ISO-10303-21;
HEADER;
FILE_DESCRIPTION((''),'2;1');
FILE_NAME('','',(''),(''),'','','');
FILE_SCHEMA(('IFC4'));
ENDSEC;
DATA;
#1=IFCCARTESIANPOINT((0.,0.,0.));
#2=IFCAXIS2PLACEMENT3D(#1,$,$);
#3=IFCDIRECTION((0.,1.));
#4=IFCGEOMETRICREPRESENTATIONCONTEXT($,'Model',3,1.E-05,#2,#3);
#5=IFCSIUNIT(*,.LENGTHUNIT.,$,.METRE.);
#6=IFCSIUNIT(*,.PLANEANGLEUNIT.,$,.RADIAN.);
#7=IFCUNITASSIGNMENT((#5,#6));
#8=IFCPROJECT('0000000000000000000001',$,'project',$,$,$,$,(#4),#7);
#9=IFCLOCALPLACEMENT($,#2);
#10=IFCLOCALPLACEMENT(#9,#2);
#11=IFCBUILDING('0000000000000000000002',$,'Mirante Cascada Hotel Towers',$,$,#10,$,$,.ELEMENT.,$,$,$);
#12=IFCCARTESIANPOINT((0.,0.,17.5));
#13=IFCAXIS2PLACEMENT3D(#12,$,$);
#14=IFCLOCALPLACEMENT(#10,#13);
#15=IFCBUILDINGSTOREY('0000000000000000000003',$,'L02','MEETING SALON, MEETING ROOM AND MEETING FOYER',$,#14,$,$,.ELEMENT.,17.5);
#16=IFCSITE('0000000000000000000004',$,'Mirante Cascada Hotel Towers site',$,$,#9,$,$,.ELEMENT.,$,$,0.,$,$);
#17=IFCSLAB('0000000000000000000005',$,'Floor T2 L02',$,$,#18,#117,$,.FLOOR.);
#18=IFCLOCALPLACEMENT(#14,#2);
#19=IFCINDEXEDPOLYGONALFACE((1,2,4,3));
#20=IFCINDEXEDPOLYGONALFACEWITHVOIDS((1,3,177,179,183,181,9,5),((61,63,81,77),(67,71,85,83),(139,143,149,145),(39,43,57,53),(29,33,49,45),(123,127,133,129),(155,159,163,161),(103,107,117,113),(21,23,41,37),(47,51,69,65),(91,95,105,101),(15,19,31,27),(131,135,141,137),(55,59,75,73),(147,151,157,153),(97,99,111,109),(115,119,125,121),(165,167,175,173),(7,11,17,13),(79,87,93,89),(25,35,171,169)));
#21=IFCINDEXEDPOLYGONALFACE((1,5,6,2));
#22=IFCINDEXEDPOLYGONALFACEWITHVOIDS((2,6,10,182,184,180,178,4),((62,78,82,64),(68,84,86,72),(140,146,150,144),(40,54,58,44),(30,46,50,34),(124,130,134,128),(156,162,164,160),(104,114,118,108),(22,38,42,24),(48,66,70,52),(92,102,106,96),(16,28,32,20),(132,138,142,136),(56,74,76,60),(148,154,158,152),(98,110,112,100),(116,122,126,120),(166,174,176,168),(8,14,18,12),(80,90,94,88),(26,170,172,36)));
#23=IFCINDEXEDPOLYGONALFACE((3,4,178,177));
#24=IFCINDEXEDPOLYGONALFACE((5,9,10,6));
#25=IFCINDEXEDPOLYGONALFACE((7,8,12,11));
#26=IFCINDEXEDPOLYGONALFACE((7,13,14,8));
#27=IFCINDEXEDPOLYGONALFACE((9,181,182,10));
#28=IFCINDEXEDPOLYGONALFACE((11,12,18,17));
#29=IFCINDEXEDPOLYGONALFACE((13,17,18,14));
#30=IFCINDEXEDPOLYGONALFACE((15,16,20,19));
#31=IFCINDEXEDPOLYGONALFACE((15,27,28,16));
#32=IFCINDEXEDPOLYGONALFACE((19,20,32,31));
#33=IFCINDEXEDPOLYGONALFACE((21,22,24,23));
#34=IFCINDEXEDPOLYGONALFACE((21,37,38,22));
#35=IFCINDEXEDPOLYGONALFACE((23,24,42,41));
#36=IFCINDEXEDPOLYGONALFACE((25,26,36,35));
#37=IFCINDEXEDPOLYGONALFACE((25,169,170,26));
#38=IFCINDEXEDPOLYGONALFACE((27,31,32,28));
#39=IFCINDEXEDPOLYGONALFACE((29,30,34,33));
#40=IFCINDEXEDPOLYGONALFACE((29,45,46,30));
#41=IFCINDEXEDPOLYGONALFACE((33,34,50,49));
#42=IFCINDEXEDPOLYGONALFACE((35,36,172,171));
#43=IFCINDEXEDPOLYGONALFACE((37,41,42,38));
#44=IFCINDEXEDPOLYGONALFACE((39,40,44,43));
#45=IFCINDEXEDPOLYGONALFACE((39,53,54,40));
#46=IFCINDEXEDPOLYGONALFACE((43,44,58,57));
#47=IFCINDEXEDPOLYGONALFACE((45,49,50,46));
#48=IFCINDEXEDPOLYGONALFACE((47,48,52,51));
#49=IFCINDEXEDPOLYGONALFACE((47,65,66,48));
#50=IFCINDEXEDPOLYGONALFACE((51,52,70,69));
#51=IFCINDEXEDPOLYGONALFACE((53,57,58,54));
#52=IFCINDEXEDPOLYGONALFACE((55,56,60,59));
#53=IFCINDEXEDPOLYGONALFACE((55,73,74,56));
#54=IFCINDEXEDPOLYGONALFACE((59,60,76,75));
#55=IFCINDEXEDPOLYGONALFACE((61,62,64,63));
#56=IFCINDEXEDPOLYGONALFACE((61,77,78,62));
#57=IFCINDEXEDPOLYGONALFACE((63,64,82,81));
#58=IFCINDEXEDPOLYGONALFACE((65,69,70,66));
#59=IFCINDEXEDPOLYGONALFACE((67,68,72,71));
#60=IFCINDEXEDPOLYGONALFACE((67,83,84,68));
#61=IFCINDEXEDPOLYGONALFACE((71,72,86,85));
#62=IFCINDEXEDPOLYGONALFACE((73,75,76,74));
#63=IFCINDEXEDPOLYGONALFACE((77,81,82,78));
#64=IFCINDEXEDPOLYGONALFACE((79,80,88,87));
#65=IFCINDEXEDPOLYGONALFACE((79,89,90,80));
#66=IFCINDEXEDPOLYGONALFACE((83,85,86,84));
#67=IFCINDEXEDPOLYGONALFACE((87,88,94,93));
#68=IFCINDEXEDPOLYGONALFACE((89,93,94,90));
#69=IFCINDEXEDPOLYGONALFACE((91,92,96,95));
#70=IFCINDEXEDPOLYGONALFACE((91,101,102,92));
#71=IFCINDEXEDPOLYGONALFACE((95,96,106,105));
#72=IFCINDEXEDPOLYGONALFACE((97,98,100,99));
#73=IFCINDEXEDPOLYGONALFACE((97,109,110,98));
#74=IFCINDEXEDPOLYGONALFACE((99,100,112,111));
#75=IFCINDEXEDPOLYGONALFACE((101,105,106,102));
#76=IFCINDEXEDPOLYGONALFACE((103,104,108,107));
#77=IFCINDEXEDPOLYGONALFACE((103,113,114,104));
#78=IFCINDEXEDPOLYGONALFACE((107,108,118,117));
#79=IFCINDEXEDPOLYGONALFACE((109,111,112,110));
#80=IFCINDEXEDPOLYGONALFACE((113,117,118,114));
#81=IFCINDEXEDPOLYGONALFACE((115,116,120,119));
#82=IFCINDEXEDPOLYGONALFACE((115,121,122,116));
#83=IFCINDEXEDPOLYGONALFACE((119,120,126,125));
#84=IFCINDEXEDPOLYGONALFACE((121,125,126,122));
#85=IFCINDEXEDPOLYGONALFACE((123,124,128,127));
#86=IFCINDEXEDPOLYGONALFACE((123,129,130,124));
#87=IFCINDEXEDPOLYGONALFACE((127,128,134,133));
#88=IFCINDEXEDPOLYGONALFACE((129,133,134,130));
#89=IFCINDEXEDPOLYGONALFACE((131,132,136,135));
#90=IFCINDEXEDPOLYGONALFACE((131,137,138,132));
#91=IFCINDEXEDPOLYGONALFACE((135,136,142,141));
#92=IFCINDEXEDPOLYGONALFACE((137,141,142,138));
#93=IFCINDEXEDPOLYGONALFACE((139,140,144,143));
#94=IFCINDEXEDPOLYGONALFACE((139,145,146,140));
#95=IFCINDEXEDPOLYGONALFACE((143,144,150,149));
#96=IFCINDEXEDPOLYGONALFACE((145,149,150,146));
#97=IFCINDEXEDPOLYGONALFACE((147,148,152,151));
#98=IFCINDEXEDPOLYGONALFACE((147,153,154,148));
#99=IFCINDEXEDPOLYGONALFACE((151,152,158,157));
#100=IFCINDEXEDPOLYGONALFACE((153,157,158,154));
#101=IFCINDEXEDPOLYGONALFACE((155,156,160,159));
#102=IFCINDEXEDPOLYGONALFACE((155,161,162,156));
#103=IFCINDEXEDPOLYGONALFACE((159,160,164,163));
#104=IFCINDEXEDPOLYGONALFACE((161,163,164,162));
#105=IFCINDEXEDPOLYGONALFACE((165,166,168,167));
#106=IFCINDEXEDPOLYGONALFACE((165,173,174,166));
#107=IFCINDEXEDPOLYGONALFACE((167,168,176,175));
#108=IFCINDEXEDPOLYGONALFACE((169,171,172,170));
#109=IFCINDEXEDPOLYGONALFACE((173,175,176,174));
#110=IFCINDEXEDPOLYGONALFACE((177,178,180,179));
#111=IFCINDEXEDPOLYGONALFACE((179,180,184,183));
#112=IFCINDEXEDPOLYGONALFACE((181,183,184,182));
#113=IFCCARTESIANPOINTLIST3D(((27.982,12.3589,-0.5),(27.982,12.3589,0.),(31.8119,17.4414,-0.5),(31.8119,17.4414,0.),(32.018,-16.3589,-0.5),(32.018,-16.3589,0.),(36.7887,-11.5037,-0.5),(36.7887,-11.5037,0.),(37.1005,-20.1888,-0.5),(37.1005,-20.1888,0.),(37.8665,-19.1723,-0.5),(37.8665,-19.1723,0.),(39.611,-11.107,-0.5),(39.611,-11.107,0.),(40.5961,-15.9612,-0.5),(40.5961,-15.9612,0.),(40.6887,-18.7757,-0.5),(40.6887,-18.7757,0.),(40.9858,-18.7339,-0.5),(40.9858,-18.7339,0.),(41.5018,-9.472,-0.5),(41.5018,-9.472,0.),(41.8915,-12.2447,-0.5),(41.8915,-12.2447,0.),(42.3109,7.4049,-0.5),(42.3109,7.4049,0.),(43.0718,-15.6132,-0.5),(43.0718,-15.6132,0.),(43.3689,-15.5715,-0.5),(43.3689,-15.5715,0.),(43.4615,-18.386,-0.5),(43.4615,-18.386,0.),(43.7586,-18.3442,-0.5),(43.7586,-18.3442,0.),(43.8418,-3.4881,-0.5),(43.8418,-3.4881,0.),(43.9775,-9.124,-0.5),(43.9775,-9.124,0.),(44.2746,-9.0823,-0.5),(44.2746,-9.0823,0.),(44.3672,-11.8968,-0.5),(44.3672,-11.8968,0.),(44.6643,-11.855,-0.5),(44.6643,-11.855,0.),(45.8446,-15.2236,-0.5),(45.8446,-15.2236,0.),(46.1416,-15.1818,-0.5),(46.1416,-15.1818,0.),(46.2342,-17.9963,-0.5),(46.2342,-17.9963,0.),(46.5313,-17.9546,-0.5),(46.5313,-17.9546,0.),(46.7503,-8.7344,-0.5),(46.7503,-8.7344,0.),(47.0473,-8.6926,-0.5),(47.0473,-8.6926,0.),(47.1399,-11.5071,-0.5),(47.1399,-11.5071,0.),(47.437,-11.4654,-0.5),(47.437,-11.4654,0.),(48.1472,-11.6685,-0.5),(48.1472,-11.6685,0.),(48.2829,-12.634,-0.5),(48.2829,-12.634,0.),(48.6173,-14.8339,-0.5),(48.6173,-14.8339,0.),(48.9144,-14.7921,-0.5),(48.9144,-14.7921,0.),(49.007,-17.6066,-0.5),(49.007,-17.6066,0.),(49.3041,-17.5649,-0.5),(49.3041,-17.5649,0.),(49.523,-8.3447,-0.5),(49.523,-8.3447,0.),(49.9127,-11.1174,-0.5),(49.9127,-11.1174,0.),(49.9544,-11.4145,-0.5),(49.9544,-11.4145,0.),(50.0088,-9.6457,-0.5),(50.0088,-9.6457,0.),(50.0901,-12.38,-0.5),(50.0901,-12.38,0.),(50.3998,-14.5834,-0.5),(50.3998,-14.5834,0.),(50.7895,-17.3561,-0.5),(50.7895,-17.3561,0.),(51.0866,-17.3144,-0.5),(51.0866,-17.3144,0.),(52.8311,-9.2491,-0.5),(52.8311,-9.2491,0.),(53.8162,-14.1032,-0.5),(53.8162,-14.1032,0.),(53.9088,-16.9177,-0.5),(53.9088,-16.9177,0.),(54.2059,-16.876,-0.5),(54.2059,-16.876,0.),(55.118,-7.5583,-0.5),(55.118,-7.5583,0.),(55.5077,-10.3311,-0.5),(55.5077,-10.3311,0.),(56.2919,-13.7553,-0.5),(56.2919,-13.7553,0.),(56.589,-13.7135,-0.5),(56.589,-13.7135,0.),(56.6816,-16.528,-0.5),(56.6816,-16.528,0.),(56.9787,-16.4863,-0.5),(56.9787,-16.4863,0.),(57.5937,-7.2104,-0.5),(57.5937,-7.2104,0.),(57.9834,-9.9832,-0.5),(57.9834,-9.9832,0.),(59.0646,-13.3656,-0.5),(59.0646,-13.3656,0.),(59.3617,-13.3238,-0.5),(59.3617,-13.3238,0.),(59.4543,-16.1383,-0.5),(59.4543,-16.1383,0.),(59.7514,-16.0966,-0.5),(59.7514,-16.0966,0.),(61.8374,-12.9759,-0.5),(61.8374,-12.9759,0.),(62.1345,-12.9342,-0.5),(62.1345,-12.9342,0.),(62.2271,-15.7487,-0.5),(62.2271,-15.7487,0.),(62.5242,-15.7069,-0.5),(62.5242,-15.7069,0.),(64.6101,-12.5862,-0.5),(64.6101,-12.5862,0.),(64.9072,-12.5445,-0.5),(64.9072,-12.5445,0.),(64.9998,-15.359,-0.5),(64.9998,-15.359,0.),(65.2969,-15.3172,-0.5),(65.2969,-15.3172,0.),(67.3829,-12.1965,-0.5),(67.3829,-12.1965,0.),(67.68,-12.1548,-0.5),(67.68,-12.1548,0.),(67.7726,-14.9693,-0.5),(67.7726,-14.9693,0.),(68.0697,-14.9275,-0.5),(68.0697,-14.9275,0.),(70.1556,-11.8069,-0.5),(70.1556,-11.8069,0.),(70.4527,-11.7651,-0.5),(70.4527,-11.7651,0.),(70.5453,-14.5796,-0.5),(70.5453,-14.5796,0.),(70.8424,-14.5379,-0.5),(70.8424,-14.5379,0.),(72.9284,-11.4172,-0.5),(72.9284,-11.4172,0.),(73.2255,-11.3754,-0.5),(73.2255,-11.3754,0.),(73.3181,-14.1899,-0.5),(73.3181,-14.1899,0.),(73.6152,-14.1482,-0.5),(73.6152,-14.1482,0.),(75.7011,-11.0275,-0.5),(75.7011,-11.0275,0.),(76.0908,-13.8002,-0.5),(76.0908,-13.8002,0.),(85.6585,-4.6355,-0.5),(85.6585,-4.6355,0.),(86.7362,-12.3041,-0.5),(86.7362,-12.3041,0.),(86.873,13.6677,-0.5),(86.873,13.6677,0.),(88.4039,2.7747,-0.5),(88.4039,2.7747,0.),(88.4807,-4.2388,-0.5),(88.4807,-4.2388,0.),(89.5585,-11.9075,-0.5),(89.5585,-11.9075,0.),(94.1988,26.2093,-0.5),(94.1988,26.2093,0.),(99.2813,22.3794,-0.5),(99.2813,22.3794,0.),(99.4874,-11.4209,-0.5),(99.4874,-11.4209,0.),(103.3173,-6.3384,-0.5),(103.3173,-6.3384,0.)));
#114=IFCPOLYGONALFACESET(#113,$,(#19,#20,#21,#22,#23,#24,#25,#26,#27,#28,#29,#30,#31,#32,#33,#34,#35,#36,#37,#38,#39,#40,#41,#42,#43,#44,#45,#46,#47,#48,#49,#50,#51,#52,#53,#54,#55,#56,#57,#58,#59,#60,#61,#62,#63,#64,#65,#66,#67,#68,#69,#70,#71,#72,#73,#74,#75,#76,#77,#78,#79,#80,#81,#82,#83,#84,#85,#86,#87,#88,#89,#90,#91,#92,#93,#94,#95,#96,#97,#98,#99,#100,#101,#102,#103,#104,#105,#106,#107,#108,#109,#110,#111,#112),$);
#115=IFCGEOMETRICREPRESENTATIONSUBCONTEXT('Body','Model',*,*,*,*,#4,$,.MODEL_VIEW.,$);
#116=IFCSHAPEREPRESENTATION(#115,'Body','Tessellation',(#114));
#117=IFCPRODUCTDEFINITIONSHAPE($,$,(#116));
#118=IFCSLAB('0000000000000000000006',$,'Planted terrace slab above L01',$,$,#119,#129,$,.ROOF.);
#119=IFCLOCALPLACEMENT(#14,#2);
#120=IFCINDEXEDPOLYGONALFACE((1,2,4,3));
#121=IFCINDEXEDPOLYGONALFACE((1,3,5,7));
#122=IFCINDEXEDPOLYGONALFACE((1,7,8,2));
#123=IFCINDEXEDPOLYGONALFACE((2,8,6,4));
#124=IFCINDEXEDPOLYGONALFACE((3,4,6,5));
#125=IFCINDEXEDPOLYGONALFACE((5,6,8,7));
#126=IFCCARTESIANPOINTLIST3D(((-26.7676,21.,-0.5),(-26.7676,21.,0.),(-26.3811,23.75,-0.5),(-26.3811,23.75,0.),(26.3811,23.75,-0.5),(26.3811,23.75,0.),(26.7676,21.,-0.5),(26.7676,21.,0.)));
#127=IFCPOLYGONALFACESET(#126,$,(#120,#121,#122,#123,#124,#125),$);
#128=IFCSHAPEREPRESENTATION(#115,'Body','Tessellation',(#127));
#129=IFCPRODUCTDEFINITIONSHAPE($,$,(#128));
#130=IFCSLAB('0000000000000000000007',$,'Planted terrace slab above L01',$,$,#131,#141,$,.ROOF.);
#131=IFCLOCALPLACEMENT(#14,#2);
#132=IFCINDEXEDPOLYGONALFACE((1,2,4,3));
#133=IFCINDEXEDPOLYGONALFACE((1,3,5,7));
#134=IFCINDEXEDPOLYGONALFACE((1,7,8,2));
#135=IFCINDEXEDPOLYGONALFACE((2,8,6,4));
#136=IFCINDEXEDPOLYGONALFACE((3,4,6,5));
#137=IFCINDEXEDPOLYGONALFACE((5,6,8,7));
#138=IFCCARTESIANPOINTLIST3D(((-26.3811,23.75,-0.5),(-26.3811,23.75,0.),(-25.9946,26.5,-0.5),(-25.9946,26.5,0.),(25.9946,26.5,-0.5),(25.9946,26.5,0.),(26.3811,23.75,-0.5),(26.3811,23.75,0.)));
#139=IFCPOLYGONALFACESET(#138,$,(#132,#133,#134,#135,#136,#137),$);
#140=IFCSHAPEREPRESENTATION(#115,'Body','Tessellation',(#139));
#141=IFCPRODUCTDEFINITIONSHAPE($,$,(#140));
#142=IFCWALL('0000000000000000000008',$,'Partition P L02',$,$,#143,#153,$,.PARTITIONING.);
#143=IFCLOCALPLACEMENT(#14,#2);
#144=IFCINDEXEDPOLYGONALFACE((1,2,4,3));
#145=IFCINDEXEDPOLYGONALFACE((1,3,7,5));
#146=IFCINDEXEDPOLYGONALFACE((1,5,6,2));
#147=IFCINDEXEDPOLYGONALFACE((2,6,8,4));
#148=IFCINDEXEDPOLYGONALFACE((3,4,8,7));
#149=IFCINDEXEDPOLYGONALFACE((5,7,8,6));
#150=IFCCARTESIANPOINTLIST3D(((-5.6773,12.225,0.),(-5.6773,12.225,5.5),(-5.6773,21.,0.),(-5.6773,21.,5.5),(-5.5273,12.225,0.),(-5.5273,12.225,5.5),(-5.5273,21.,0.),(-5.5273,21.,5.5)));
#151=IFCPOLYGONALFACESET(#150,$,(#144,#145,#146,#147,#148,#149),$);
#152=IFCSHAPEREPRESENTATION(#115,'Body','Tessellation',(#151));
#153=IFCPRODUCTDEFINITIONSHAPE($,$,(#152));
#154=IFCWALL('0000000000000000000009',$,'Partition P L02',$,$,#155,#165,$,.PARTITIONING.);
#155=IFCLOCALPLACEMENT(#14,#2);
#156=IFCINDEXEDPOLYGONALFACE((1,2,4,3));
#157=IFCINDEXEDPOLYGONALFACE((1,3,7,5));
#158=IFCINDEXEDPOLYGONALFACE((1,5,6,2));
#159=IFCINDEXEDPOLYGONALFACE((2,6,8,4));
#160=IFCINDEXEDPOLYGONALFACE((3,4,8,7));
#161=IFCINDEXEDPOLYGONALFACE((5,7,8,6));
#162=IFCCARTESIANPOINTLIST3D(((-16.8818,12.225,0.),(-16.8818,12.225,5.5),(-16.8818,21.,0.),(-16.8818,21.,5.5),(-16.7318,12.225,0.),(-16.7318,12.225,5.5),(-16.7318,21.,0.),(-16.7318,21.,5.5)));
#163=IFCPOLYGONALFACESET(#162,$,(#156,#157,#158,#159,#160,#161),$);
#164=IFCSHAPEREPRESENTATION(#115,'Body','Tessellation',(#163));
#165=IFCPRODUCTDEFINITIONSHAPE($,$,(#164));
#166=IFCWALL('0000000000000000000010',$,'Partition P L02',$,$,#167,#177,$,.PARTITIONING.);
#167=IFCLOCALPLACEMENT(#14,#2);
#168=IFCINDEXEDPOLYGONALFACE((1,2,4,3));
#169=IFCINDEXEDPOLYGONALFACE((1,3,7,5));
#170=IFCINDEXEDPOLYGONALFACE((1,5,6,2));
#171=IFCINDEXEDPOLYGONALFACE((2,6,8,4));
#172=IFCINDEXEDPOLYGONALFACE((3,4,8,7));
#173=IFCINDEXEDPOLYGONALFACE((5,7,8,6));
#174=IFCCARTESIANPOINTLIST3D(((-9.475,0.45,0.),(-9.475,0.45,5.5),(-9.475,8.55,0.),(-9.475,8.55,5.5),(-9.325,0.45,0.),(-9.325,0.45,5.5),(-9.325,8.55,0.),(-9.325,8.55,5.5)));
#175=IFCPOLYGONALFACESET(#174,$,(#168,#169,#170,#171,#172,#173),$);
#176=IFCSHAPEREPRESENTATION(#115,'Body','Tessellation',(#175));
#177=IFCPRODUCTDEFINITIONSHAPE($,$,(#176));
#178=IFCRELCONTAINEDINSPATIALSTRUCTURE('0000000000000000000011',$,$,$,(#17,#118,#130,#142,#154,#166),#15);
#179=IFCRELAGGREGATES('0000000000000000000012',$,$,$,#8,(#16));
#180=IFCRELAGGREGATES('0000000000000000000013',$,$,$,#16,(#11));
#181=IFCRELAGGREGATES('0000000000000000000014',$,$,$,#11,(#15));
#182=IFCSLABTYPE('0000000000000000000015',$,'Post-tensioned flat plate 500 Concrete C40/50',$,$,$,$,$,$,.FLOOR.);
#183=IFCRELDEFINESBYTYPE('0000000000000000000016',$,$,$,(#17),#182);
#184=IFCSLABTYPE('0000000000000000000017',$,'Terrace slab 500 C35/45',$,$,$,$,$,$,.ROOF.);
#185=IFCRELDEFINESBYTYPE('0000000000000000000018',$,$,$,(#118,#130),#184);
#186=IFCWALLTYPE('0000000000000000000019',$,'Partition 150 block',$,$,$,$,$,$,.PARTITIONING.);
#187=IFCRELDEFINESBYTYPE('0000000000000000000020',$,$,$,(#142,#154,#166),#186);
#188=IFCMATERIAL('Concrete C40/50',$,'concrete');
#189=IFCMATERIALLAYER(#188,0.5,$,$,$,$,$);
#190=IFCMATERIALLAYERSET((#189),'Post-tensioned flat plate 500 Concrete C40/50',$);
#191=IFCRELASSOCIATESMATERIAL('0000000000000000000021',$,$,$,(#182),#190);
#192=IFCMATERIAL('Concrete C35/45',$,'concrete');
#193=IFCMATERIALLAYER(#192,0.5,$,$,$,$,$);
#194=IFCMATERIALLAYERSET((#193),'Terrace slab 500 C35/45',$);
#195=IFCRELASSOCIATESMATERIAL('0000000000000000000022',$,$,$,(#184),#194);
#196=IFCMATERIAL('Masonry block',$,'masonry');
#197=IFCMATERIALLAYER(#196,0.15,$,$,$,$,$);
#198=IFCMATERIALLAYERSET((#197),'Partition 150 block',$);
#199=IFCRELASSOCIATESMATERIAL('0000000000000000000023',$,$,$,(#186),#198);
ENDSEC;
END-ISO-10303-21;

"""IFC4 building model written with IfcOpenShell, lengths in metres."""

from ifc_helpers import new_model, si_unit, direction, frame, frame_2d, origin, place, context, subcontext, project, spatial, polyline, rectangle, outline, extrude, material, layer, layer_set, type_object, element, save


model = new_model("IFC4")

# Units and contexts
model_context = context("Model", 3, precision=1e-05, world=origin(), true_north=direction((0.0, 1.0)))
body_context = subcontext(model_context, "Body", "Model", "MODEL_VIEW")
ifc_project = project(units=[si_unit("LENGTHUNIT", "METRE"), si_unit("PLANEANGLEUNIT", "RADIAN")], contexts=[model_context])

# Site, building, storey
site_placement = place(None, origin())
site = spatial("IfcSite", under=ifc_project, at=site_placement, Name="Mirante Cascada Hotel Towers site", CompositionType="ELEMENT", RefElevation=0.0)
building_placement = place(site_placement, origin())
building = spatial("IfcBuilding", under=site, at=building_placement, Name="Mirante Cascada Hotel Towers", CompositionType="ELEMENT")
storey_placement = place(building_placement, frame((0.0, 0.0, 17.5)))
storey = spatial("IfcBuildingStorey", under=building, at=storey_placement, Name="L02", Description="MEETING SALON, MEETING ROOM AND MEETING FOYER", CompositionType="ELEMENT", Elevation=17.5)

# Slabs
ifc_material_1 = material(Name="Concrete C40/50", Category="concrete")
ifc_layer_1 = layer(ifc_material_1, 0.5)
ifc_layer_set_1 = layer_set([ifc_layer_1], Name="Post-tensioned flat plate 500 Concrete C40/50")
slab_type_1 = type_object("IfcSlabType", Name="Post-tensioned flat plate 500 Concrete C40/50", PredefinedType="FLOOR", material=ifc_layer_set_1)
slab_1_placement = place(storey_placement, frame((0.0, 0.0, -0.5)))
element("IfcSlab", 1, at=slab_1_placement, inside=storey, type_object=slab_type_1, Name="Floor T2 L02", PredefinedType="FLOOR", context=body_context, shape_type="SweptSolid", body=[
    extrude(outline(polyline([(32.018, -16.3589), (27.982, 12.3589), (31.8119, 17.4414), (94.1988, 26.2093), (99.2813, 22.3794), (103.3173, -6.3384), (99.4874, -11.4209), (37.1005, -20.1888), (32.018, -16.3589)]), holes=[polyline([(43.0718, -15.6132), (40.5961, -15.9612), (40.9858, -18.7339), (43.4615, -18.386), (43.0718, -15.6132)]), polyline([(45.8446, -15.2236), (43.3689, -15.5715), (43.7586, -18.3442), (46.2342, -17.9963), (45.8446, -15.2236)]), polyline([(48.6173, -14.8339), (46.1416, -15.1818), (46.5313, -17.9546), (49.007, -17.6066), (48.6173, -14.8339)]), polyline([(50.7895, -17.3561), (50.3998, -14.5834), (48.9144, -14.7921), (49.3041, -17.5649), (50.7895, -17.3561)]), polyline([(56.6816, -16.528), (56.2919, -13.7553), (53.8162, -14.1032), (54.2059, -16.876), (56.6816, -16.528)]), polyline([(37.8665, -19.1723), (40.6887, -18.7757), (39.611, -11.107), (36.7887, -11.5037), (37.8665, -19.1723)]), polyline([(51.0866, -17.3144), (53.9088, -16.9177), (52.8311, -9.2491), (50.0088, -9.6457), (51.0866, -17.3144)]), polyline([(49.9544, -11.4145), (48.1472, -11.6685), (48.2829, -12.634), (50.0901, -12.38), (49.9544, -11.4145)]), polyline([(44.3672, -11.8968), (43.9775, -9.124), (41.5018, -9.472), (41.8915, -12.2447), (44.3672, -11.8968)]), polyline([(47.1399, -11.5071), (46.7503, -8.7344), (44.2746, -9.0823), (44.6643, -11.855), (47.1399, -11.5071)]), polyline([(49.523, -8.3447), (47.0473, -8.6926), (47.437, -11.4654), (49.9127, -11.1174), (49.523, -8.3447)]), polyline([(59.0646, -13.3656), (56.589, -13.7135), (56.9787, -16.4863), (59.4543, -16.1383), (59.0646, -13.3656)]), polyline([(61.8374, -12.9759), (59.3617, -13.3238), (59.7514, -16.0966), (62.2271, -15.7487), (61.8374, -12.9759)]), polyline([(64.9998, -15.359), (64.6101, -12.5862), (62.1345, -12.9342), (62.5242, -15.7069), (64.9998, -15.359)]), polyline([(67.7726, -14.9693), (67.3829, -12.1965), (64.9072, -12.5445), (65.2969, -15.3172), (67.7726, -14.9693)]), polyline([(70.1556, -11.8069), (67.68, -12.1548), (68.0697, -14.9275), (70.5453, -14.5796), (70.1556, -11.8069)]), polyline([(73.3181, -14.1899), (72.9284, -11.4172), (70.4527, -11.7651), (70.8424, -14.5379), (73.3181, -14.1899)]), polyline([(76.0908, -13.8002), (75.7011, -11.0275), (73.2255, -11.3754), (73.6152, -14.1482), (76.0908, -13.8002)]), polyline([(86.7362, -12.3041), (89.5585, -11.9075), (88.4807, -4.2388), (85.6585, -4.6355), (86.7362, -12.3041)]), polyline([(57.9834, -9.9832), (57.5937, -7.2104), (55.118, -7.5583), (55.5077, -10.3311), (57.9834, -9.9832)]), polyline([(88.4039, 2.7747), (86.873, 13.6677), (42.3109, 7.4049), (43.8418, -3.4881), (88.4039, 2.7747)])]), origin(), (0.0, 0.0, 1.0), 0.5),
])
ifc_material_2 = material(Name="Concrete C35/45", Category="concrete")
ifc_layer_2 = layer(ifc_material_2, 0.5)
ifc_layer_set_2 = layer_set([ifc_layer_2], Name="Terrace slab 500 C35/45")
slab_type_2 = type_object("IfcSlabType", Name="Terrace slab 500 C35/45", PredefinedType="ROOF", material=ifc_layer_set_2)
slab_2_placement = place(storey_placement, frame((0.0, 0.0, -0.5)))
element("IfcSlab", 2, at=slab_2_placement, inside=storey, type_object=slab_type_2, Name="Planted terrace slab above L01", PredefinedType="ROOF", context=body_context, shape_type="SweptSolid", body=[
    extrude(outline(polyline([(26.7676, 21.0), (-26.7676, 21.0), (-26.3811, 23.75), (26.3811, 23.75), (26.7676, 21.0)])), origin(), (0.0, 0.0, 1.0), 0.5),
])
slab_3_placement = place(storey_placement, frame((0.0, 0.0, -0.5)))
element("IfcSlab", 3, at=slab_3_placement, inside=storey, type_object=slab_type_2, Name="Planted terrace slab above L01", PredefinedType="ROOF", context=body_context, shape_type="SweptSolid", body=[
    extrude(outline(polyline([(25.9946, 26.5), (26.3811, 23.75), (-26.3811, 23.75), (-25.9946, 26.5), (25.9946, 26.5)])), origin(), (0.0, 0.0, 1.0), 0.5),
])

# Walls
ifc_material_3 = material(Name="Masonry block", Category="masonry")
ifc_layer_3 = layer(ifc_material_3, 0.15)
ifc_layer_set_3 = layer_set([ifc_layer_3], Name="Partition 150 block")
wall_type = type_object("IfcWallType", Name="Partition 150 block", PredefinedType="PARTITIONING", material=ifc_layer_set_3)
for number, where, z_axis, x_axis, name in (
    (4, (-5.6023, 12.225, 0.0), (0.0, 0.0, 1.0), (0.0, 1.0, 0.0), "Partition P L02"),
    (5, (-16.8068, 12.225, 0.0), (0.0, 0.0, 1.0), (0.0, 1.0, 0.0), "Partition P L02"),
):
    element("IfcWall", number, at=place(storey_placement, frame(where, z_axis=z_axis, x_axis=x_axis)), inside=storey, type_object=wall_type, Name=name, PredefinedType="PARTITIONING", context=body_context, shape_type="SweptSolid", body=[
        extrude(rectangle(XDim=8.775, YDim=0.15, at=frame_2d((4.3875, 0.0))), origin(), (0.0, 0.0, 1.0), 5.5),
    ])
wall_1_placement = place(storey_placement, frame((-9.4, 0.45, 0.0), z_axis=(0.0, 0.0, 1.0), x_axis=(0.0, 1.0, 0.0)))
element("IfcWall", 6, at=wall_1_placement, inside=storey, type_object=wall_type, Name="Partition P L02", PredefinedType="PARTITIONING", context=body_context, shape_type="SweptSolid", body=[
    extrude(rectangle(XDim=8.1, YDim=0.15, at=frame_2d((4.05, 0.0))), origin(), (0.0, 0.0, 1.0), 5.5),
])

save(model, "model.ifc")
